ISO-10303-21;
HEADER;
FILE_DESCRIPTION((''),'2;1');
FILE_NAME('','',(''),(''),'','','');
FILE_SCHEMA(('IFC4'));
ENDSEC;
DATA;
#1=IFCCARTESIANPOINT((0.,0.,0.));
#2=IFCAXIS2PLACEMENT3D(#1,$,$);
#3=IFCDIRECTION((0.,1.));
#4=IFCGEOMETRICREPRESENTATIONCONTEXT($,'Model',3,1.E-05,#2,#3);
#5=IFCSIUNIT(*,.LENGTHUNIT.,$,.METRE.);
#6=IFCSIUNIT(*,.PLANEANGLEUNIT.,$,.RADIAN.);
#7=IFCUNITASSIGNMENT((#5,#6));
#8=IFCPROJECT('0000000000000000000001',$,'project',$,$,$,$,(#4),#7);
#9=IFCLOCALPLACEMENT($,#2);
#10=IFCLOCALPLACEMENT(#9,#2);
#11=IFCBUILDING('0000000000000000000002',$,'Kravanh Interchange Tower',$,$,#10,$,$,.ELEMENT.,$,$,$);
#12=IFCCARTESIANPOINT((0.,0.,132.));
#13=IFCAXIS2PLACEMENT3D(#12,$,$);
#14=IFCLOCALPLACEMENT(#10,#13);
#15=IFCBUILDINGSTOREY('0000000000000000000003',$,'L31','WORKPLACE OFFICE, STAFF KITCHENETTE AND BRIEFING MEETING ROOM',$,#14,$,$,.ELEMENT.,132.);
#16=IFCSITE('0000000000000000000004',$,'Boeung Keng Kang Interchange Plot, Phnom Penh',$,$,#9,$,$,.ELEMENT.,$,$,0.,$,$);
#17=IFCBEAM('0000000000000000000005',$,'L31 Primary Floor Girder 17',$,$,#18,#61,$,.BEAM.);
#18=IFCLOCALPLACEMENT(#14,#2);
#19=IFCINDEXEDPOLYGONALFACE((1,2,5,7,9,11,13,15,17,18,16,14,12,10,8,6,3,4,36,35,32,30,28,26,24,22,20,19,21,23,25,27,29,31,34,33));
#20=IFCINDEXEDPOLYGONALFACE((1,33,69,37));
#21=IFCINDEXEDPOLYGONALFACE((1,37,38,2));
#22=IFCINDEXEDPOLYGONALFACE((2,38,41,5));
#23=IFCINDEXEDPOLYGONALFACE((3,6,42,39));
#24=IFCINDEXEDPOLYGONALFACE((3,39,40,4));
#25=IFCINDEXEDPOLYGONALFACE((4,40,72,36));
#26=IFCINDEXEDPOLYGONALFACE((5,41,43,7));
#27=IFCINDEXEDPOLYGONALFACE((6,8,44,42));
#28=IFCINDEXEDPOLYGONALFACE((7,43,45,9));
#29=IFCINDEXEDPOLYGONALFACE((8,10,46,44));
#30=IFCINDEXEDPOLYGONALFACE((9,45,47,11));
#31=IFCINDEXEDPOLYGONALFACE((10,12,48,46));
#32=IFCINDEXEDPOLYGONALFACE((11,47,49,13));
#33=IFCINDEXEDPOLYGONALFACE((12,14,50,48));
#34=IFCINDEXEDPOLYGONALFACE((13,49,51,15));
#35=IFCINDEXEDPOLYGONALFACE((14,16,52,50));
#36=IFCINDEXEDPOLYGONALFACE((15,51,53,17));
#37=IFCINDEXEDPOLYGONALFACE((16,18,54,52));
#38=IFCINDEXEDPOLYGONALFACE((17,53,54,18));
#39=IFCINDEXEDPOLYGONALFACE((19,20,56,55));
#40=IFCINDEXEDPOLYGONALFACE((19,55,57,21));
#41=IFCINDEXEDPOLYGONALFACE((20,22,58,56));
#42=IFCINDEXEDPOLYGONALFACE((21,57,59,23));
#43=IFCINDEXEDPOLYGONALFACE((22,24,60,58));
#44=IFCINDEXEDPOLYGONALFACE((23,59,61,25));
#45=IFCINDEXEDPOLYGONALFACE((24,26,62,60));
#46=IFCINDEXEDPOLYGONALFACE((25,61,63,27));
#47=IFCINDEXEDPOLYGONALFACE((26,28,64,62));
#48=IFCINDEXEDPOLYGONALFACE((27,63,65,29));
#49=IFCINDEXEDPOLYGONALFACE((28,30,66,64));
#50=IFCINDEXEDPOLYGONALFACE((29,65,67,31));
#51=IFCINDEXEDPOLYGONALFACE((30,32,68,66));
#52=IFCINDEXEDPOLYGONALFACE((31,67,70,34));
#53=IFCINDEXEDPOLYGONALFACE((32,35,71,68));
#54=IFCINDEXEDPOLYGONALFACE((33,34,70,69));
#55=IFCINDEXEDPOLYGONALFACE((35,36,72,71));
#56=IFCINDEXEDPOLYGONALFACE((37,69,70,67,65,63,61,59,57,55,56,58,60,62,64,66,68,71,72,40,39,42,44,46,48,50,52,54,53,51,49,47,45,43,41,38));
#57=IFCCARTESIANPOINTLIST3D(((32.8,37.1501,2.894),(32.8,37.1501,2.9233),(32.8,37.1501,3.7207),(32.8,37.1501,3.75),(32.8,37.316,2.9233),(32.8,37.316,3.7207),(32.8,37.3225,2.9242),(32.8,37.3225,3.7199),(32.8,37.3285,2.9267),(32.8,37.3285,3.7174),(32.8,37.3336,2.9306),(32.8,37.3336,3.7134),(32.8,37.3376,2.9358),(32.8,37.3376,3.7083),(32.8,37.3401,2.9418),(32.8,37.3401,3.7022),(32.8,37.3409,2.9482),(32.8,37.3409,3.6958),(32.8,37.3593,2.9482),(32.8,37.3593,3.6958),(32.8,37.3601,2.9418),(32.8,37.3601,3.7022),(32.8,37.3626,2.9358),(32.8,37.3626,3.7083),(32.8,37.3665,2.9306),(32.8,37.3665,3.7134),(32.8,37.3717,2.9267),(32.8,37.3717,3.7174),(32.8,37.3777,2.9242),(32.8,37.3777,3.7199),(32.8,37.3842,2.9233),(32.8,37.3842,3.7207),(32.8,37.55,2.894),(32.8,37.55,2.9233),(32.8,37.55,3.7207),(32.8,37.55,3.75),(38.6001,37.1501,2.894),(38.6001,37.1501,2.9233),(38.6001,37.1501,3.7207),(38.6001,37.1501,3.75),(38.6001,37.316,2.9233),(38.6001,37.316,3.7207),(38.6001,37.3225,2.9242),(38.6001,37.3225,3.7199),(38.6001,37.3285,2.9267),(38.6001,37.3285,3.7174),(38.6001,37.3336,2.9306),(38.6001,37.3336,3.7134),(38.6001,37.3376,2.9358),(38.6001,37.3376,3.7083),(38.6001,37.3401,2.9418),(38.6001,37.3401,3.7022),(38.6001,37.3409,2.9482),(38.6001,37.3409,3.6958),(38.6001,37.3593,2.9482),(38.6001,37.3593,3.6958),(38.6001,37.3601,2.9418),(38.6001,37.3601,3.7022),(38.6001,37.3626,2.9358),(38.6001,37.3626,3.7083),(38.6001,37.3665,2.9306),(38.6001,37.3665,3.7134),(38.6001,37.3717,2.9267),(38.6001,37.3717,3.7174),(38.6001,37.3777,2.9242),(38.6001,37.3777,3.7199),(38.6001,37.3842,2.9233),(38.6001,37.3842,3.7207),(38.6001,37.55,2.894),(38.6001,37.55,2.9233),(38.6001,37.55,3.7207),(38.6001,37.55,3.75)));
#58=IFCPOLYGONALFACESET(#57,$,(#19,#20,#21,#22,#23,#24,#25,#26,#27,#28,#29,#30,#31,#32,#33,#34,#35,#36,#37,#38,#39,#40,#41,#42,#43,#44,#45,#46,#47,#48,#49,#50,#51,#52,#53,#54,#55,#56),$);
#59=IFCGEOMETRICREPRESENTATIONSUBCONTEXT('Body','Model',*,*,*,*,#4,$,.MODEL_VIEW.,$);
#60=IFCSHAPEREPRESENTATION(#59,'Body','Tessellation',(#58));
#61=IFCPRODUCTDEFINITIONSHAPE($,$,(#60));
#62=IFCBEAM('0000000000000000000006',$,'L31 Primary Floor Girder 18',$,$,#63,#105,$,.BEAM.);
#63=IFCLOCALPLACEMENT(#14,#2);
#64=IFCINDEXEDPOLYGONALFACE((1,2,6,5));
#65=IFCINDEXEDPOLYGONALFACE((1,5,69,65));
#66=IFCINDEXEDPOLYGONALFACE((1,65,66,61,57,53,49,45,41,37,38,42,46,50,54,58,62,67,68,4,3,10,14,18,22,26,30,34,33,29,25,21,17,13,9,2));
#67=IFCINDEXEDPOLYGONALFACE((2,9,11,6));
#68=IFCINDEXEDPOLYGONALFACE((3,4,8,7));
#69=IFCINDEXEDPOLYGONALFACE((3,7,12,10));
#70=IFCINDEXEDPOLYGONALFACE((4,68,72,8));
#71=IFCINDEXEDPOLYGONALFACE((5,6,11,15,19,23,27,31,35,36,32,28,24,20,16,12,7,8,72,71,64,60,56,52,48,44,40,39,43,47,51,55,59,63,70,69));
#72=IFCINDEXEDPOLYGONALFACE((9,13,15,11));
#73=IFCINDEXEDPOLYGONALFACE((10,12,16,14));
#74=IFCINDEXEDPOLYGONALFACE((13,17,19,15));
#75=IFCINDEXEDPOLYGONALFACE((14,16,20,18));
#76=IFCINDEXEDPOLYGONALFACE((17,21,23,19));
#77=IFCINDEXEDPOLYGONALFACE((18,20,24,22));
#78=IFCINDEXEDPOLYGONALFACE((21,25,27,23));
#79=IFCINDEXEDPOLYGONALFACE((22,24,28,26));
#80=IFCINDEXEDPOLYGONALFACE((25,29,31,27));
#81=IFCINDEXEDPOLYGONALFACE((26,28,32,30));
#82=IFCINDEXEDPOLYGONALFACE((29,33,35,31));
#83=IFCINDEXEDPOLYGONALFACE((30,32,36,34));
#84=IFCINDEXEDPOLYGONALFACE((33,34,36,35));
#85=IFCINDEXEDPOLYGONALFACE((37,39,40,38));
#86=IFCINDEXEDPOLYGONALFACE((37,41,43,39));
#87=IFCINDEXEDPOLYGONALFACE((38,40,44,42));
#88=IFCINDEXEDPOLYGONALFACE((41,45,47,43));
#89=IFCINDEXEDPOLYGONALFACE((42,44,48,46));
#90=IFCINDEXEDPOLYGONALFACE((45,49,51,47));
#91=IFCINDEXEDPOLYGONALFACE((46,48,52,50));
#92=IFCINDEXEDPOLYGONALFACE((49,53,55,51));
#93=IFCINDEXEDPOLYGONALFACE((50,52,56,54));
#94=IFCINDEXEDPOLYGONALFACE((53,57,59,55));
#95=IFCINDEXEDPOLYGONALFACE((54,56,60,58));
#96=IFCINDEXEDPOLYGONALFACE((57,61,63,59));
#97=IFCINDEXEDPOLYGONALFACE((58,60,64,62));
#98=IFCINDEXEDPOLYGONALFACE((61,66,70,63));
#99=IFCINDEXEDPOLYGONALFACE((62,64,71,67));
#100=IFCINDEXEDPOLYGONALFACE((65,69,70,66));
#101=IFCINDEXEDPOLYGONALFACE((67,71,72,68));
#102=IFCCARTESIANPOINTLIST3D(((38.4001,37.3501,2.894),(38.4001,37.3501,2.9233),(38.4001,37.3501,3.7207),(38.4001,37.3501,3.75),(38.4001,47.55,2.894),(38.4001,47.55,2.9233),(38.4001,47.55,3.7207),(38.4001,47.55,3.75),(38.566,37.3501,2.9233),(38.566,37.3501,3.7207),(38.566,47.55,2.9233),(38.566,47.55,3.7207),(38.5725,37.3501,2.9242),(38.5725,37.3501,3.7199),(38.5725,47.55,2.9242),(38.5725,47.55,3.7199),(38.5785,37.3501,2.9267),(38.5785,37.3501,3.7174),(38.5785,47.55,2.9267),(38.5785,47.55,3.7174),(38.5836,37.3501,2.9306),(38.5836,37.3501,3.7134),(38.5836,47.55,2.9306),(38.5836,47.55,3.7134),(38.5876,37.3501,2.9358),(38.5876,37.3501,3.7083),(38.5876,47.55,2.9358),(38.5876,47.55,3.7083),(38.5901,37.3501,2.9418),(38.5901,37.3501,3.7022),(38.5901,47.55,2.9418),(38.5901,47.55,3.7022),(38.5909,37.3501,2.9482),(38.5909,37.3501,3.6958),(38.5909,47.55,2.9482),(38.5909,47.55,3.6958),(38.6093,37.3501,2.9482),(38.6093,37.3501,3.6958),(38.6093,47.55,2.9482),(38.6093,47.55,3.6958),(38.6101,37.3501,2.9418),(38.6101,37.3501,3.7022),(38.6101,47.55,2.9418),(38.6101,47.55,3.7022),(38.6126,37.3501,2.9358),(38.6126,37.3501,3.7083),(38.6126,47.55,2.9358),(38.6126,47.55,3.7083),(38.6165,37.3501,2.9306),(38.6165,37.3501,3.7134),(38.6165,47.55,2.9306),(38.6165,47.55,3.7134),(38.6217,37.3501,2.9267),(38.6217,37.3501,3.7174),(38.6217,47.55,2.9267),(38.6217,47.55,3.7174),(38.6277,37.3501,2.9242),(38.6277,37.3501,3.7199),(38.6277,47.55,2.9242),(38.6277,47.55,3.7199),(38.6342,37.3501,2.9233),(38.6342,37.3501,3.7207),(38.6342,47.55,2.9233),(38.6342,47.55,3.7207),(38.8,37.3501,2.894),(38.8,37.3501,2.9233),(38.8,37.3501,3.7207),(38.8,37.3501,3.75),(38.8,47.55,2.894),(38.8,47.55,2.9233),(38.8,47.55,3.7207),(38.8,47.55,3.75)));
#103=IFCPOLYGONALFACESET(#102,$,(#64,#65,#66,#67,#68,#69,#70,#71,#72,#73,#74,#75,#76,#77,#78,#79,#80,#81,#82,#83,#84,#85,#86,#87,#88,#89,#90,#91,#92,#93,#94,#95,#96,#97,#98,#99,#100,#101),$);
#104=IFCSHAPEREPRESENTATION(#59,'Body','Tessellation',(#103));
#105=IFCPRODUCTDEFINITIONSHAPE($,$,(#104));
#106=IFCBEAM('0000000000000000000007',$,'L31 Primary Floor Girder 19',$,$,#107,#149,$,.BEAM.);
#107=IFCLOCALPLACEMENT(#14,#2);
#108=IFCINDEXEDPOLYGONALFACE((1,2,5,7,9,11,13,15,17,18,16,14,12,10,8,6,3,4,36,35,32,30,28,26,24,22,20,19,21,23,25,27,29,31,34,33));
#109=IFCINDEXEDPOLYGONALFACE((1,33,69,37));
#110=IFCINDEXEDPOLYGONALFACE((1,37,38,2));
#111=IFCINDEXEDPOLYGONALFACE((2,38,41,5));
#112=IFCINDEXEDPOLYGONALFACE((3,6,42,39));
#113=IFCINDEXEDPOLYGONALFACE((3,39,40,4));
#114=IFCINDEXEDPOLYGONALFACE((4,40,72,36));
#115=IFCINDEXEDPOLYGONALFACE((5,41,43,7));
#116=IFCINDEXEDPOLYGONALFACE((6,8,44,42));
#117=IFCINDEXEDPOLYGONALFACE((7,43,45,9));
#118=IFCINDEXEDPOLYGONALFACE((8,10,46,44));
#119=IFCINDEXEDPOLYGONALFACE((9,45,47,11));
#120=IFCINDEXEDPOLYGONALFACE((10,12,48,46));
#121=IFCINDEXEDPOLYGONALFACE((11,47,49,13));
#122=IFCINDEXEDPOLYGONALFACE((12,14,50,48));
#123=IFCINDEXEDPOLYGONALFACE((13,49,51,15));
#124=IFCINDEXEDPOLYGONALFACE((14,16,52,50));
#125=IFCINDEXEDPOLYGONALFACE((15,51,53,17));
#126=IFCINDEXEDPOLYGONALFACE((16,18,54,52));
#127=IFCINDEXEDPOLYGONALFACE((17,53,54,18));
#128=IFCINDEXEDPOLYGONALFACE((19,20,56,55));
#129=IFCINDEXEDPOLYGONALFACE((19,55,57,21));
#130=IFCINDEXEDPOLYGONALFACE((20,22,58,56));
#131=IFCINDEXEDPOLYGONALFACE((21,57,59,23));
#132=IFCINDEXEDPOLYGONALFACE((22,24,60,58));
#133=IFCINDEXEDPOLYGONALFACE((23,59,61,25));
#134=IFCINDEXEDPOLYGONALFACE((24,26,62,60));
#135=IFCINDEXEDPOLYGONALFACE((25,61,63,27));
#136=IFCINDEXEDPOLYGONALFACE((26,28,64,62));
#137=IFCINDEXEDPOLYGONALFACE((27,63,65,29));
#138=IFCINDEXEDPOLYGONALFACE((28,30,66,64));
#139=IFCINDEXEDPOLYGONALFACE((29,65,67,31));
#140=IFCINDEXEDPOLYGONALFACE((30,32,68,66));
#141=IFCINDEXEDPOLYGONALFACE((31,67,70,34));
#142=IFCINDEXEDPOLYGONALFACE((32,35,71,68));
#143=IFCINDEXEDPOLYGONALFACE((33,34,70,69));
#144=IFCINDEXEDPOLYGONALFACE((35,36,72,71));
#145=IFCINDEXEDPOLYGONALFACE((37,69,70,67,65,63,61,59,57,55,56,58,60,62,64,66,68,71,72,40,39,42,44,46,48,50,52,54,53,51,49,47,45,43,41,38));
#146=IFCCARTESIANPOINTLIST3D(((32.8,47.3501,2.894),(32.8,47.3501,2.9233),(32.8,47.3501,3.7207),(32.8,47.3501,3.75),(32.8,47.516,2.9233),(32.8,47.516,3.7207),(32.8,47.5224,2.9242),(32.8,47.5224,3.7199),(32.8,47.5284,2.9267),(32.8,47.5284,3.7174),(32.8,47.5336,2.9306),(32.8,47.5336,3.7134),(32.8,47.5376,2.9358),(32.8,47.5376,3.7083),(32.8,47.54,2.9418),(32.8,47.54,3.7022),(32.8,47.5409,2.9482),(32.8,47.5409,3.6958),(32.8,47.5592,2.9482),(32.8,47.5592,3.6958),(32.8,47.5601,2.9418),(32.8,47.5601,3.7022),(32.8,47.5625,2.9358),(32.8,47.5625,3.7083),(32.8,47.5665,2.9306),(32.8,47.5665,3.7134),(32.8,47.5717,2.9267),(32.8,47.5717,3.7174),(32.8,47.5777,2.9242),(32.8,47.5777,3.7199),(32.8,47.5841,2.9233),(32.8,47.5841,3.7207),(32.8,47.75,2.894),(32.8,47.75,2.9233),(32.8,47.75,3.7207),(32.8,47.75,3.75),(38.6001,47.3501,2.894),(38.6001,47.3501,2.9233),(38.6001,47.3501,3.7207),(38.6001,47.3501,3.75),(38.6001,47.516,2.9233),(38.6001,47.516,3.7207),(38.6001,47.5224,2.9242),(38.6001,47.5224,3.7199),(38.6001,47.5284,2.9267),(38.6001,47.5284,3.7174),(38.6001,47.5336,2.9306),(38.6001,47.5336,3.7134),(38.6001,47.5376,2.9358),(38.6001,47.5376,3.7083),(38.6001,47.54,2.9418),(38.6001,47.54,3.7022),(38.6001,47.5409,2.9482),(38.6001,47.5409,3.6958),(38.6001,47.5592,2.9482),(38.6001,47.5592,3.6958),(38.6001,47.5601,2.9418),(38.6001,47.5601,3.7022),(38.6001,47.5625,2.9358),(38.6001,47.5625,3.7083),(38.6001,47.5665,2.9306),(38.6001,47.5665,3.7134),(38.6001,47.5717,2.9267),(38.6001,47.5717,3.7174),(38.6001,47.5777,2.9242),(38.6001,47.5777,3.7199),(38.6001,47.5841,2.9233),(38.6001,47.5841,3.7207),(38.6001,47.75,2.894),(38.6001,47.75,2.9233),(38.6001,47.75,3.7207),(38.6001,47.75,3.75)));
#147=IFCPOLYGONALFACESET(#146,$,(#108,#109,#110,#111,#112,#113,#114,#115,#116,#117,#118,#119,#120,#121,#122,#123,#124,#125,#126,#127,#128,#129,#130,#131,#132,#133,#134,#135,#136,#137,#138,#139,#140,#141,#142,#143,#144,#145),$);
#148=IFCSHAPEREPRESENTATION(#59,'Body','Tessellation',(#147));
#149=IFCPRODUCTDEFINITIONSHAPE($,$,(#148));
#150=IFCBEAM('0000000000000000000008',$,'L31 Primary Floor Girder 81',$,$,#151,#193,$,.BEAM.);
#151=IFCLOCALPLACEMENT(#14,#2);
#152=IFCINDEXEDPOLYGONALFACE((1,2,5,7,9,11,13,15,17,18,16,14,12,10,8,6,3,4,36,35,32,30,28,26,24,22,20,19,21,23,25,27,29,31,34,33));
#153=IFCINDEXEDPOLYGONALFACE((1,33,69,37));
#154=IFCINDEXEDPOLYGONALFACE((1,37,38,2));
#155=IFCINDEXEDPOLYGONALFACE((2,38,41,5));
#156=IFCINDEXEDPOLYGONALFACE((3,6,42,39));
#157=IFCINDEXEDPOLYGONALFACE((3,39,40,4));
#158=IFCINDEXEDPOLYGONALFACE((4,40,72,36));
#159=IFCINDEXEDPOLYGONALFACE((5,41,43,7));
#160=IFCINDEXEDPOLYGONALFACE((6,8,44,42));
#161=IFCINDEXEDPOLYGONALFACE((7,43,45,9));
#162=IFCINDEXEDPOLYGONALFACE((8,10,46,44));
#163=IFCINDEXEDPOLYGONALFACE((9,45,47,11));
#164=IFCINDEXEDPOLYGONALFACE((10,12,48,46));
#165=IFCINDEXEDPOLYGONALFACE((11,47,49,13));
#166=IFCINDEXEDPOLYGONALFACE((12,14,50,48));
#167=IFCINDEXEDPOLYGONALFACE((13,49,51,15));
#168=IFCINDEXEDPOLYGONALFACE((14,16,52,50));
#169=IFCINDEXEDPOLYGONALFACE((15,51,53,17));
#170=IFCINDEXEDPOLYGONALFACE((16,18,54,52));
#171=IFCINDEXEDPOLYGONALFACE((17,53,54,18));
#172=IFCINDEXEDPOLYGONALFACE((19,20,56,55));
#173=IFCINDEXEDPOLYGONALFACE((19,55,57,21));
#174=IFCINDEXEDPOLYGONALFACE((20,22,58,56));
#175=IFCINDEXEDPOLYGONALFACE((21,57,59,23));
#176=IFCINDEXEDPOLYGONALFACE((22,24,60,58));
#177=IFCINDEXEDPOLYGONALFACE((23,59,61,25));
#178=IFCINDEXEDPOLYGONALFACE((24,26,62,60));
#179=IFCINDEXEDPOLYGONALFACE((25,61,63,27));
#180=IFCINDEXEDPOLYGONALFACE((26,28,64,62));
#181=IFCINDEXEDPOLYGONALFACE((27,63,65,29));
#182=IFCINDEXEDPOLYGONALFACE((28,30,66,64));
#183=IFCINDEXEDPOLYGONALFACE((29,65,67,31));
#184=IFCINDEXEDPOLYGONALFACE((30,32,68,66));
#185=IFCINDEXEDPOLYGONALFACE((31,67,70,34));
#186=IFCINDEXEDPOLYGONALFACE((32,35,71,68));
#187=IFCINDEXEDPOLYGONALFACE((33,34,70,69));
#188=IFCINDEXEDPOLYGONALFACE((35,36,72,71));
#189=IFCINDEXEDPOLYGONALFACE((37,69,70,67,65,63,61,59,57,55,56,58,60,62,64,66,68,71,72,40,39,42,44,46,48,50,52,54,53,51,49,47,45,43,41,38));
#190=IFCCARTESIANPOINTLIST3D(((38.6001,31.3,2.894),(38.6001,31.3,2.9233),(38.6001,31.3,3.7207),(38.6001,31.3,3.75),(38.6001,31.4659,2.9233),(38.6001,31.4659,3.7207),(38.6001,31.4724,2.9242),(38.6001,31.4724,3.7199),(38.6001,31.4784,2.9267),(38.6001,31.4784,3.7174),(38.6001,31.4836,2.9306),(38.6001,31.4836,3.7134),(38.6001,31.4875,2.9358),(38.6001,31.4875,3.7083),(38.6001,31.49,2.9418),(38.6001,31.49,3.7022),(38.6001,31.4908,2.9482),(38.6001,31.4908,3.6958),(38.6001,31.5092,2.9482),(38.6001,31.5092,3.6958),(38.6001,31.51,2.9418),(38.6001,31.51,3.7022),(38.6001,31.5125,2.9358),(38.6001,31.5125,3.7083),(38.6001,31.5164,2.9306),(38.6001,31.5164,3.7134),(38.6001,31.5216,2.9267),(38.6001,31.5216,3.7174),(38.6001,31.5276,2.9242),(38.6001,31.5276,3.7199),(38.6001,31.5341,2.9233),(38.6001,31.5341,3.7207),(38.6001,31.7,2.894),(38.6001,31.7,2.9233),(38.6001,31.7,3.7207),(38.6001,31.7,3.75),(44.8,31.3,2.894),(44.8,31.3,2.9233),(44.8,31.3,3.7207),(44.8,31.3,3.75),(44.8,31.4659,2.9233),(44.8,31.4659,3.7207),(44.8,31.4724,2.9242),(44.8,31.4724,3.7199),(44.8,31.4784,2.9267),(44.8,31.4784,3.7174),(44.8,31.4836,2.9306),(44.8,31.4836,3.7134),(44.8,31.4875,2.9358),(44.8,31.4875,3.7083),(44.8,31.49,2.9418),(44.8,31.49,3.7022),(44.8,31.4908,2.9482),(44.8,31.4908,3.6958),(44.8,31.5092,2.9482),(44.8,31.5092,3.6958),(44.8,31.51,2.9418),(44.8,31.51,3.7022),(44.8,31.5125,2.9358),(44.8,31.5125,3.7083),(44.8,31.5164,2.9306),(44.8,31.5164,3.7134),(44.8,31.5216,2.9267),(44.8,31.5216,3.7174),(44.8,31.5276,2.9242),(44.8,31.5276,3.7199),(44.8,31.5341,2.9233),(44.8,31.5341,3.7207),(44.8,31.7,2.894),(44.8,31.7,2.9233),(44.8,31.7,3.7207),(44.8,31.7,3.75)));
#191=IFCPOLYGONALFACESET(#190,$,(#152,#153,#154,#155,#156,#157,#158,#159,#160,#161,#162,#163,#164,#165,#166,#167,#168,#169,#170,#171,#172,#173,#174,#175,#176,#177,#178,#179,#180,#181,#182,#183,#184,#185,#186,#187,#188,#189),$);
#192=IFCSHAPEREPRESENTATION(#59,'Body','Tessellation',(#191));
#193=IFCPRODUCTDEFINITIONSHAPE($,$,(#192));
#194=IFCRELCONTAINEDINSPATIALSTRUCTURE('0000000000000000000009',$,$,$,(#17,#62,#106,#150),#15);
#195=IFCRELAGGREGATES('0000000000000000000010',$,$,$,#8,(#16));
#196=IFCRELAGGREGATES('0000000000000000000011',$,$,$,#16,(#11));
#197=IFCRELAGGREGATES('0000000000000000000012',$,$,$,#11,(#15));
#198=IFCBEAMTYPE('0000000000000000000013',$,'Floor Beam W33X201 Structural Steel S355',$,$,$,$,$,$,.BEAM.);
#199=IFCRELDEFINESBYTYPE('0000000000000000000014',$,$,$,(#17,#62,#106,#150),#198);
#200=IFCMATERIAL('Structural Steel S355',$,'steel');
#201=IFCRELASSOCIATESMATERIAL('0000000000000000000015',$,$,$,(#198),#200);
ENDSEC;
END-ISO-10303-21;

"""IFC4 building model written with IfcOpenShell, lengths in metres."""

from ifc_helpers import new_model, si_unit, direction, frame, origin, origin_2d, place, context, subcontext, project, spatial, i_section, extrude, material, material_profile, profile_set, type_object, element, save


model = new_model("IFC4")

# Units and contexts
model_context = context("Model", 3, precision=1e-05, world=origin(), true_north=direction((0.0, 1.0)))
body_context = subcontext(model_context, "Body", "Model", "MODEL_VIEW")
ifc_project = project(units=[si_unit("LENGTHUNIT", "METRE"), si_unit("PLANEANGLEUNIT", "RADIAN")], contexts=[model_context])

# Site, building, storey
site_placement = place(None, origin())
site = spatial("IfcSite", under=ifc_project, at=site_placement, Name="Boeung Keng Kang Interchange Plot, Phnom Penh", CompositionType="ELEMENT", RefElevation=0.0)
building_placement = place(site_placement, origin())
building = spatial("IfcBuilding", under=site, at=building_placement, Name="Kravanh Interchange Tower", CompositionType="ELEMENT")
storey_placement = place(building_placement, frame((0.0, 0.0, 132.0)))
storey = spatial("IfcBuildingStorey", under=building, at=storey_placement, Name="L31", Description="WORKPLACE OFFICE, STAFF KITCHENETTE AND BRIEFING MEETING ROOM", CompositionType="ELEMENT", Elevation=132.0)

# Beams
ifc_material_1 = material(Name="Structural Steel S355", Category="steel")
ifc_material_profile_1 = material_profile(ifc_material_1, i_section(OverallWidth=0.3999, OverallDepth=0.856, WebThickness=0.0183, FlangeThickness=0.0293, FilletRadius=0.0249, at=origin_2d()), Name="W33X201")
ifc_profile_set_1 = profile_set([ifc_material_profile_1], Name="Structural Steel S355")
beam_type_1 = type_object("IfcBeamType", Name="Floor Beam W33X201 Structural Steel S355", PredefinedType="BEAM", material=ifc_profile_set_1)
beam_1_placement = place(storey_placement, frame((38.6001, 37.3501, 3.322), z_axis=(-1.0, 0.0, 0.0), x_axis=(0.0, -1.0, 0.0)))
element("IfcBeam", 1, at=beam_1_placement, inside=storey, type_object=beam_type_1, Name="L31 Primary Floor Girder 17", PredefinedType="BEAM", context=body_context, shape_type="SweptSolid", body=[
    extrude(i_section(OverallWidth=0.3999, OverallDepth=0.856, WebThickness=0.0183, FlangeThickness=0.0293, FilletRadius=0.0249, at=origin_2d()), origin(), (0.0, 0.0, 1.0), 5.8),
])
beam_2_placement = place(storey_placement, frame((38.6001, 37.3501, 3.322), z_axis=(0.0, 1.0, 0.0), x_axis=(-1.0, 0.0, 0.0)))
element("IfcBeam", 2, at=beam_2_placement, inside=storey, type_object=beam_type_1, Name="L31 Primary Floor Girder 18", PredefinedType="BEAM", context=body_context, shape_type="SweptSolid", body=[
    extrude(i_section(OverallWidth=0.3999, OverallDepth=0.856, WebThickness=0.0183, FlangeThickness=0.0293, FilletRadius=0.0249, at=origin_2d()), origin(), (0.0, 0.0, 1.0), 10.2),
])
beam_3_placement = place(storey_placement, frame((38.6001, 47.55, 3.322), z_axis=(-1.0, 0.0, 0.0), x_axis=(0.0, -1.0, 0.0)))
element("IfcBeam", 3, at=beam_3_placement, inside=storey, type_object=beam_type_1, Name="L31 Primary Floor Girder 19", PredefinedType="BEAM", context=body_context, shape_type="SweptSolid", body=[
    extrude(i_section(OverallWidth=0.3999, OverallDepth=0.856, WebThickness=0.0183, FlangeThickness=0.0293, FilletRadius=0.0249, at=origin_2d()), origin(), (0.0, 0.0, 1.0), 5.8),
])
beam_4_placement = place(storey_placement, frame((38.6001, 31.5, 3.322), z_axis=(1.0, 0.0, 0.0), x_axis=(0.0, 1.0, 0.0)))
element("IfcBeam", 4, at=beam_4_placement, inside=storey, type_object=beam_type_1, Name="L31 Primary Floor Girder 81", PredefinedType="BEAM", context=body_context, shape_type="SweptSolid", body=[
    extrude(i_section(OverallWidth=0.3999, OverallDepth=0.856, WebThickness=0.0183, FlangeThickness=0.0293, FilletRadius=0.0249, at=origin_2d()), origin(), (0.0, 0.0, 1.0), 6.2),
])

save(model, "model.ifc")
